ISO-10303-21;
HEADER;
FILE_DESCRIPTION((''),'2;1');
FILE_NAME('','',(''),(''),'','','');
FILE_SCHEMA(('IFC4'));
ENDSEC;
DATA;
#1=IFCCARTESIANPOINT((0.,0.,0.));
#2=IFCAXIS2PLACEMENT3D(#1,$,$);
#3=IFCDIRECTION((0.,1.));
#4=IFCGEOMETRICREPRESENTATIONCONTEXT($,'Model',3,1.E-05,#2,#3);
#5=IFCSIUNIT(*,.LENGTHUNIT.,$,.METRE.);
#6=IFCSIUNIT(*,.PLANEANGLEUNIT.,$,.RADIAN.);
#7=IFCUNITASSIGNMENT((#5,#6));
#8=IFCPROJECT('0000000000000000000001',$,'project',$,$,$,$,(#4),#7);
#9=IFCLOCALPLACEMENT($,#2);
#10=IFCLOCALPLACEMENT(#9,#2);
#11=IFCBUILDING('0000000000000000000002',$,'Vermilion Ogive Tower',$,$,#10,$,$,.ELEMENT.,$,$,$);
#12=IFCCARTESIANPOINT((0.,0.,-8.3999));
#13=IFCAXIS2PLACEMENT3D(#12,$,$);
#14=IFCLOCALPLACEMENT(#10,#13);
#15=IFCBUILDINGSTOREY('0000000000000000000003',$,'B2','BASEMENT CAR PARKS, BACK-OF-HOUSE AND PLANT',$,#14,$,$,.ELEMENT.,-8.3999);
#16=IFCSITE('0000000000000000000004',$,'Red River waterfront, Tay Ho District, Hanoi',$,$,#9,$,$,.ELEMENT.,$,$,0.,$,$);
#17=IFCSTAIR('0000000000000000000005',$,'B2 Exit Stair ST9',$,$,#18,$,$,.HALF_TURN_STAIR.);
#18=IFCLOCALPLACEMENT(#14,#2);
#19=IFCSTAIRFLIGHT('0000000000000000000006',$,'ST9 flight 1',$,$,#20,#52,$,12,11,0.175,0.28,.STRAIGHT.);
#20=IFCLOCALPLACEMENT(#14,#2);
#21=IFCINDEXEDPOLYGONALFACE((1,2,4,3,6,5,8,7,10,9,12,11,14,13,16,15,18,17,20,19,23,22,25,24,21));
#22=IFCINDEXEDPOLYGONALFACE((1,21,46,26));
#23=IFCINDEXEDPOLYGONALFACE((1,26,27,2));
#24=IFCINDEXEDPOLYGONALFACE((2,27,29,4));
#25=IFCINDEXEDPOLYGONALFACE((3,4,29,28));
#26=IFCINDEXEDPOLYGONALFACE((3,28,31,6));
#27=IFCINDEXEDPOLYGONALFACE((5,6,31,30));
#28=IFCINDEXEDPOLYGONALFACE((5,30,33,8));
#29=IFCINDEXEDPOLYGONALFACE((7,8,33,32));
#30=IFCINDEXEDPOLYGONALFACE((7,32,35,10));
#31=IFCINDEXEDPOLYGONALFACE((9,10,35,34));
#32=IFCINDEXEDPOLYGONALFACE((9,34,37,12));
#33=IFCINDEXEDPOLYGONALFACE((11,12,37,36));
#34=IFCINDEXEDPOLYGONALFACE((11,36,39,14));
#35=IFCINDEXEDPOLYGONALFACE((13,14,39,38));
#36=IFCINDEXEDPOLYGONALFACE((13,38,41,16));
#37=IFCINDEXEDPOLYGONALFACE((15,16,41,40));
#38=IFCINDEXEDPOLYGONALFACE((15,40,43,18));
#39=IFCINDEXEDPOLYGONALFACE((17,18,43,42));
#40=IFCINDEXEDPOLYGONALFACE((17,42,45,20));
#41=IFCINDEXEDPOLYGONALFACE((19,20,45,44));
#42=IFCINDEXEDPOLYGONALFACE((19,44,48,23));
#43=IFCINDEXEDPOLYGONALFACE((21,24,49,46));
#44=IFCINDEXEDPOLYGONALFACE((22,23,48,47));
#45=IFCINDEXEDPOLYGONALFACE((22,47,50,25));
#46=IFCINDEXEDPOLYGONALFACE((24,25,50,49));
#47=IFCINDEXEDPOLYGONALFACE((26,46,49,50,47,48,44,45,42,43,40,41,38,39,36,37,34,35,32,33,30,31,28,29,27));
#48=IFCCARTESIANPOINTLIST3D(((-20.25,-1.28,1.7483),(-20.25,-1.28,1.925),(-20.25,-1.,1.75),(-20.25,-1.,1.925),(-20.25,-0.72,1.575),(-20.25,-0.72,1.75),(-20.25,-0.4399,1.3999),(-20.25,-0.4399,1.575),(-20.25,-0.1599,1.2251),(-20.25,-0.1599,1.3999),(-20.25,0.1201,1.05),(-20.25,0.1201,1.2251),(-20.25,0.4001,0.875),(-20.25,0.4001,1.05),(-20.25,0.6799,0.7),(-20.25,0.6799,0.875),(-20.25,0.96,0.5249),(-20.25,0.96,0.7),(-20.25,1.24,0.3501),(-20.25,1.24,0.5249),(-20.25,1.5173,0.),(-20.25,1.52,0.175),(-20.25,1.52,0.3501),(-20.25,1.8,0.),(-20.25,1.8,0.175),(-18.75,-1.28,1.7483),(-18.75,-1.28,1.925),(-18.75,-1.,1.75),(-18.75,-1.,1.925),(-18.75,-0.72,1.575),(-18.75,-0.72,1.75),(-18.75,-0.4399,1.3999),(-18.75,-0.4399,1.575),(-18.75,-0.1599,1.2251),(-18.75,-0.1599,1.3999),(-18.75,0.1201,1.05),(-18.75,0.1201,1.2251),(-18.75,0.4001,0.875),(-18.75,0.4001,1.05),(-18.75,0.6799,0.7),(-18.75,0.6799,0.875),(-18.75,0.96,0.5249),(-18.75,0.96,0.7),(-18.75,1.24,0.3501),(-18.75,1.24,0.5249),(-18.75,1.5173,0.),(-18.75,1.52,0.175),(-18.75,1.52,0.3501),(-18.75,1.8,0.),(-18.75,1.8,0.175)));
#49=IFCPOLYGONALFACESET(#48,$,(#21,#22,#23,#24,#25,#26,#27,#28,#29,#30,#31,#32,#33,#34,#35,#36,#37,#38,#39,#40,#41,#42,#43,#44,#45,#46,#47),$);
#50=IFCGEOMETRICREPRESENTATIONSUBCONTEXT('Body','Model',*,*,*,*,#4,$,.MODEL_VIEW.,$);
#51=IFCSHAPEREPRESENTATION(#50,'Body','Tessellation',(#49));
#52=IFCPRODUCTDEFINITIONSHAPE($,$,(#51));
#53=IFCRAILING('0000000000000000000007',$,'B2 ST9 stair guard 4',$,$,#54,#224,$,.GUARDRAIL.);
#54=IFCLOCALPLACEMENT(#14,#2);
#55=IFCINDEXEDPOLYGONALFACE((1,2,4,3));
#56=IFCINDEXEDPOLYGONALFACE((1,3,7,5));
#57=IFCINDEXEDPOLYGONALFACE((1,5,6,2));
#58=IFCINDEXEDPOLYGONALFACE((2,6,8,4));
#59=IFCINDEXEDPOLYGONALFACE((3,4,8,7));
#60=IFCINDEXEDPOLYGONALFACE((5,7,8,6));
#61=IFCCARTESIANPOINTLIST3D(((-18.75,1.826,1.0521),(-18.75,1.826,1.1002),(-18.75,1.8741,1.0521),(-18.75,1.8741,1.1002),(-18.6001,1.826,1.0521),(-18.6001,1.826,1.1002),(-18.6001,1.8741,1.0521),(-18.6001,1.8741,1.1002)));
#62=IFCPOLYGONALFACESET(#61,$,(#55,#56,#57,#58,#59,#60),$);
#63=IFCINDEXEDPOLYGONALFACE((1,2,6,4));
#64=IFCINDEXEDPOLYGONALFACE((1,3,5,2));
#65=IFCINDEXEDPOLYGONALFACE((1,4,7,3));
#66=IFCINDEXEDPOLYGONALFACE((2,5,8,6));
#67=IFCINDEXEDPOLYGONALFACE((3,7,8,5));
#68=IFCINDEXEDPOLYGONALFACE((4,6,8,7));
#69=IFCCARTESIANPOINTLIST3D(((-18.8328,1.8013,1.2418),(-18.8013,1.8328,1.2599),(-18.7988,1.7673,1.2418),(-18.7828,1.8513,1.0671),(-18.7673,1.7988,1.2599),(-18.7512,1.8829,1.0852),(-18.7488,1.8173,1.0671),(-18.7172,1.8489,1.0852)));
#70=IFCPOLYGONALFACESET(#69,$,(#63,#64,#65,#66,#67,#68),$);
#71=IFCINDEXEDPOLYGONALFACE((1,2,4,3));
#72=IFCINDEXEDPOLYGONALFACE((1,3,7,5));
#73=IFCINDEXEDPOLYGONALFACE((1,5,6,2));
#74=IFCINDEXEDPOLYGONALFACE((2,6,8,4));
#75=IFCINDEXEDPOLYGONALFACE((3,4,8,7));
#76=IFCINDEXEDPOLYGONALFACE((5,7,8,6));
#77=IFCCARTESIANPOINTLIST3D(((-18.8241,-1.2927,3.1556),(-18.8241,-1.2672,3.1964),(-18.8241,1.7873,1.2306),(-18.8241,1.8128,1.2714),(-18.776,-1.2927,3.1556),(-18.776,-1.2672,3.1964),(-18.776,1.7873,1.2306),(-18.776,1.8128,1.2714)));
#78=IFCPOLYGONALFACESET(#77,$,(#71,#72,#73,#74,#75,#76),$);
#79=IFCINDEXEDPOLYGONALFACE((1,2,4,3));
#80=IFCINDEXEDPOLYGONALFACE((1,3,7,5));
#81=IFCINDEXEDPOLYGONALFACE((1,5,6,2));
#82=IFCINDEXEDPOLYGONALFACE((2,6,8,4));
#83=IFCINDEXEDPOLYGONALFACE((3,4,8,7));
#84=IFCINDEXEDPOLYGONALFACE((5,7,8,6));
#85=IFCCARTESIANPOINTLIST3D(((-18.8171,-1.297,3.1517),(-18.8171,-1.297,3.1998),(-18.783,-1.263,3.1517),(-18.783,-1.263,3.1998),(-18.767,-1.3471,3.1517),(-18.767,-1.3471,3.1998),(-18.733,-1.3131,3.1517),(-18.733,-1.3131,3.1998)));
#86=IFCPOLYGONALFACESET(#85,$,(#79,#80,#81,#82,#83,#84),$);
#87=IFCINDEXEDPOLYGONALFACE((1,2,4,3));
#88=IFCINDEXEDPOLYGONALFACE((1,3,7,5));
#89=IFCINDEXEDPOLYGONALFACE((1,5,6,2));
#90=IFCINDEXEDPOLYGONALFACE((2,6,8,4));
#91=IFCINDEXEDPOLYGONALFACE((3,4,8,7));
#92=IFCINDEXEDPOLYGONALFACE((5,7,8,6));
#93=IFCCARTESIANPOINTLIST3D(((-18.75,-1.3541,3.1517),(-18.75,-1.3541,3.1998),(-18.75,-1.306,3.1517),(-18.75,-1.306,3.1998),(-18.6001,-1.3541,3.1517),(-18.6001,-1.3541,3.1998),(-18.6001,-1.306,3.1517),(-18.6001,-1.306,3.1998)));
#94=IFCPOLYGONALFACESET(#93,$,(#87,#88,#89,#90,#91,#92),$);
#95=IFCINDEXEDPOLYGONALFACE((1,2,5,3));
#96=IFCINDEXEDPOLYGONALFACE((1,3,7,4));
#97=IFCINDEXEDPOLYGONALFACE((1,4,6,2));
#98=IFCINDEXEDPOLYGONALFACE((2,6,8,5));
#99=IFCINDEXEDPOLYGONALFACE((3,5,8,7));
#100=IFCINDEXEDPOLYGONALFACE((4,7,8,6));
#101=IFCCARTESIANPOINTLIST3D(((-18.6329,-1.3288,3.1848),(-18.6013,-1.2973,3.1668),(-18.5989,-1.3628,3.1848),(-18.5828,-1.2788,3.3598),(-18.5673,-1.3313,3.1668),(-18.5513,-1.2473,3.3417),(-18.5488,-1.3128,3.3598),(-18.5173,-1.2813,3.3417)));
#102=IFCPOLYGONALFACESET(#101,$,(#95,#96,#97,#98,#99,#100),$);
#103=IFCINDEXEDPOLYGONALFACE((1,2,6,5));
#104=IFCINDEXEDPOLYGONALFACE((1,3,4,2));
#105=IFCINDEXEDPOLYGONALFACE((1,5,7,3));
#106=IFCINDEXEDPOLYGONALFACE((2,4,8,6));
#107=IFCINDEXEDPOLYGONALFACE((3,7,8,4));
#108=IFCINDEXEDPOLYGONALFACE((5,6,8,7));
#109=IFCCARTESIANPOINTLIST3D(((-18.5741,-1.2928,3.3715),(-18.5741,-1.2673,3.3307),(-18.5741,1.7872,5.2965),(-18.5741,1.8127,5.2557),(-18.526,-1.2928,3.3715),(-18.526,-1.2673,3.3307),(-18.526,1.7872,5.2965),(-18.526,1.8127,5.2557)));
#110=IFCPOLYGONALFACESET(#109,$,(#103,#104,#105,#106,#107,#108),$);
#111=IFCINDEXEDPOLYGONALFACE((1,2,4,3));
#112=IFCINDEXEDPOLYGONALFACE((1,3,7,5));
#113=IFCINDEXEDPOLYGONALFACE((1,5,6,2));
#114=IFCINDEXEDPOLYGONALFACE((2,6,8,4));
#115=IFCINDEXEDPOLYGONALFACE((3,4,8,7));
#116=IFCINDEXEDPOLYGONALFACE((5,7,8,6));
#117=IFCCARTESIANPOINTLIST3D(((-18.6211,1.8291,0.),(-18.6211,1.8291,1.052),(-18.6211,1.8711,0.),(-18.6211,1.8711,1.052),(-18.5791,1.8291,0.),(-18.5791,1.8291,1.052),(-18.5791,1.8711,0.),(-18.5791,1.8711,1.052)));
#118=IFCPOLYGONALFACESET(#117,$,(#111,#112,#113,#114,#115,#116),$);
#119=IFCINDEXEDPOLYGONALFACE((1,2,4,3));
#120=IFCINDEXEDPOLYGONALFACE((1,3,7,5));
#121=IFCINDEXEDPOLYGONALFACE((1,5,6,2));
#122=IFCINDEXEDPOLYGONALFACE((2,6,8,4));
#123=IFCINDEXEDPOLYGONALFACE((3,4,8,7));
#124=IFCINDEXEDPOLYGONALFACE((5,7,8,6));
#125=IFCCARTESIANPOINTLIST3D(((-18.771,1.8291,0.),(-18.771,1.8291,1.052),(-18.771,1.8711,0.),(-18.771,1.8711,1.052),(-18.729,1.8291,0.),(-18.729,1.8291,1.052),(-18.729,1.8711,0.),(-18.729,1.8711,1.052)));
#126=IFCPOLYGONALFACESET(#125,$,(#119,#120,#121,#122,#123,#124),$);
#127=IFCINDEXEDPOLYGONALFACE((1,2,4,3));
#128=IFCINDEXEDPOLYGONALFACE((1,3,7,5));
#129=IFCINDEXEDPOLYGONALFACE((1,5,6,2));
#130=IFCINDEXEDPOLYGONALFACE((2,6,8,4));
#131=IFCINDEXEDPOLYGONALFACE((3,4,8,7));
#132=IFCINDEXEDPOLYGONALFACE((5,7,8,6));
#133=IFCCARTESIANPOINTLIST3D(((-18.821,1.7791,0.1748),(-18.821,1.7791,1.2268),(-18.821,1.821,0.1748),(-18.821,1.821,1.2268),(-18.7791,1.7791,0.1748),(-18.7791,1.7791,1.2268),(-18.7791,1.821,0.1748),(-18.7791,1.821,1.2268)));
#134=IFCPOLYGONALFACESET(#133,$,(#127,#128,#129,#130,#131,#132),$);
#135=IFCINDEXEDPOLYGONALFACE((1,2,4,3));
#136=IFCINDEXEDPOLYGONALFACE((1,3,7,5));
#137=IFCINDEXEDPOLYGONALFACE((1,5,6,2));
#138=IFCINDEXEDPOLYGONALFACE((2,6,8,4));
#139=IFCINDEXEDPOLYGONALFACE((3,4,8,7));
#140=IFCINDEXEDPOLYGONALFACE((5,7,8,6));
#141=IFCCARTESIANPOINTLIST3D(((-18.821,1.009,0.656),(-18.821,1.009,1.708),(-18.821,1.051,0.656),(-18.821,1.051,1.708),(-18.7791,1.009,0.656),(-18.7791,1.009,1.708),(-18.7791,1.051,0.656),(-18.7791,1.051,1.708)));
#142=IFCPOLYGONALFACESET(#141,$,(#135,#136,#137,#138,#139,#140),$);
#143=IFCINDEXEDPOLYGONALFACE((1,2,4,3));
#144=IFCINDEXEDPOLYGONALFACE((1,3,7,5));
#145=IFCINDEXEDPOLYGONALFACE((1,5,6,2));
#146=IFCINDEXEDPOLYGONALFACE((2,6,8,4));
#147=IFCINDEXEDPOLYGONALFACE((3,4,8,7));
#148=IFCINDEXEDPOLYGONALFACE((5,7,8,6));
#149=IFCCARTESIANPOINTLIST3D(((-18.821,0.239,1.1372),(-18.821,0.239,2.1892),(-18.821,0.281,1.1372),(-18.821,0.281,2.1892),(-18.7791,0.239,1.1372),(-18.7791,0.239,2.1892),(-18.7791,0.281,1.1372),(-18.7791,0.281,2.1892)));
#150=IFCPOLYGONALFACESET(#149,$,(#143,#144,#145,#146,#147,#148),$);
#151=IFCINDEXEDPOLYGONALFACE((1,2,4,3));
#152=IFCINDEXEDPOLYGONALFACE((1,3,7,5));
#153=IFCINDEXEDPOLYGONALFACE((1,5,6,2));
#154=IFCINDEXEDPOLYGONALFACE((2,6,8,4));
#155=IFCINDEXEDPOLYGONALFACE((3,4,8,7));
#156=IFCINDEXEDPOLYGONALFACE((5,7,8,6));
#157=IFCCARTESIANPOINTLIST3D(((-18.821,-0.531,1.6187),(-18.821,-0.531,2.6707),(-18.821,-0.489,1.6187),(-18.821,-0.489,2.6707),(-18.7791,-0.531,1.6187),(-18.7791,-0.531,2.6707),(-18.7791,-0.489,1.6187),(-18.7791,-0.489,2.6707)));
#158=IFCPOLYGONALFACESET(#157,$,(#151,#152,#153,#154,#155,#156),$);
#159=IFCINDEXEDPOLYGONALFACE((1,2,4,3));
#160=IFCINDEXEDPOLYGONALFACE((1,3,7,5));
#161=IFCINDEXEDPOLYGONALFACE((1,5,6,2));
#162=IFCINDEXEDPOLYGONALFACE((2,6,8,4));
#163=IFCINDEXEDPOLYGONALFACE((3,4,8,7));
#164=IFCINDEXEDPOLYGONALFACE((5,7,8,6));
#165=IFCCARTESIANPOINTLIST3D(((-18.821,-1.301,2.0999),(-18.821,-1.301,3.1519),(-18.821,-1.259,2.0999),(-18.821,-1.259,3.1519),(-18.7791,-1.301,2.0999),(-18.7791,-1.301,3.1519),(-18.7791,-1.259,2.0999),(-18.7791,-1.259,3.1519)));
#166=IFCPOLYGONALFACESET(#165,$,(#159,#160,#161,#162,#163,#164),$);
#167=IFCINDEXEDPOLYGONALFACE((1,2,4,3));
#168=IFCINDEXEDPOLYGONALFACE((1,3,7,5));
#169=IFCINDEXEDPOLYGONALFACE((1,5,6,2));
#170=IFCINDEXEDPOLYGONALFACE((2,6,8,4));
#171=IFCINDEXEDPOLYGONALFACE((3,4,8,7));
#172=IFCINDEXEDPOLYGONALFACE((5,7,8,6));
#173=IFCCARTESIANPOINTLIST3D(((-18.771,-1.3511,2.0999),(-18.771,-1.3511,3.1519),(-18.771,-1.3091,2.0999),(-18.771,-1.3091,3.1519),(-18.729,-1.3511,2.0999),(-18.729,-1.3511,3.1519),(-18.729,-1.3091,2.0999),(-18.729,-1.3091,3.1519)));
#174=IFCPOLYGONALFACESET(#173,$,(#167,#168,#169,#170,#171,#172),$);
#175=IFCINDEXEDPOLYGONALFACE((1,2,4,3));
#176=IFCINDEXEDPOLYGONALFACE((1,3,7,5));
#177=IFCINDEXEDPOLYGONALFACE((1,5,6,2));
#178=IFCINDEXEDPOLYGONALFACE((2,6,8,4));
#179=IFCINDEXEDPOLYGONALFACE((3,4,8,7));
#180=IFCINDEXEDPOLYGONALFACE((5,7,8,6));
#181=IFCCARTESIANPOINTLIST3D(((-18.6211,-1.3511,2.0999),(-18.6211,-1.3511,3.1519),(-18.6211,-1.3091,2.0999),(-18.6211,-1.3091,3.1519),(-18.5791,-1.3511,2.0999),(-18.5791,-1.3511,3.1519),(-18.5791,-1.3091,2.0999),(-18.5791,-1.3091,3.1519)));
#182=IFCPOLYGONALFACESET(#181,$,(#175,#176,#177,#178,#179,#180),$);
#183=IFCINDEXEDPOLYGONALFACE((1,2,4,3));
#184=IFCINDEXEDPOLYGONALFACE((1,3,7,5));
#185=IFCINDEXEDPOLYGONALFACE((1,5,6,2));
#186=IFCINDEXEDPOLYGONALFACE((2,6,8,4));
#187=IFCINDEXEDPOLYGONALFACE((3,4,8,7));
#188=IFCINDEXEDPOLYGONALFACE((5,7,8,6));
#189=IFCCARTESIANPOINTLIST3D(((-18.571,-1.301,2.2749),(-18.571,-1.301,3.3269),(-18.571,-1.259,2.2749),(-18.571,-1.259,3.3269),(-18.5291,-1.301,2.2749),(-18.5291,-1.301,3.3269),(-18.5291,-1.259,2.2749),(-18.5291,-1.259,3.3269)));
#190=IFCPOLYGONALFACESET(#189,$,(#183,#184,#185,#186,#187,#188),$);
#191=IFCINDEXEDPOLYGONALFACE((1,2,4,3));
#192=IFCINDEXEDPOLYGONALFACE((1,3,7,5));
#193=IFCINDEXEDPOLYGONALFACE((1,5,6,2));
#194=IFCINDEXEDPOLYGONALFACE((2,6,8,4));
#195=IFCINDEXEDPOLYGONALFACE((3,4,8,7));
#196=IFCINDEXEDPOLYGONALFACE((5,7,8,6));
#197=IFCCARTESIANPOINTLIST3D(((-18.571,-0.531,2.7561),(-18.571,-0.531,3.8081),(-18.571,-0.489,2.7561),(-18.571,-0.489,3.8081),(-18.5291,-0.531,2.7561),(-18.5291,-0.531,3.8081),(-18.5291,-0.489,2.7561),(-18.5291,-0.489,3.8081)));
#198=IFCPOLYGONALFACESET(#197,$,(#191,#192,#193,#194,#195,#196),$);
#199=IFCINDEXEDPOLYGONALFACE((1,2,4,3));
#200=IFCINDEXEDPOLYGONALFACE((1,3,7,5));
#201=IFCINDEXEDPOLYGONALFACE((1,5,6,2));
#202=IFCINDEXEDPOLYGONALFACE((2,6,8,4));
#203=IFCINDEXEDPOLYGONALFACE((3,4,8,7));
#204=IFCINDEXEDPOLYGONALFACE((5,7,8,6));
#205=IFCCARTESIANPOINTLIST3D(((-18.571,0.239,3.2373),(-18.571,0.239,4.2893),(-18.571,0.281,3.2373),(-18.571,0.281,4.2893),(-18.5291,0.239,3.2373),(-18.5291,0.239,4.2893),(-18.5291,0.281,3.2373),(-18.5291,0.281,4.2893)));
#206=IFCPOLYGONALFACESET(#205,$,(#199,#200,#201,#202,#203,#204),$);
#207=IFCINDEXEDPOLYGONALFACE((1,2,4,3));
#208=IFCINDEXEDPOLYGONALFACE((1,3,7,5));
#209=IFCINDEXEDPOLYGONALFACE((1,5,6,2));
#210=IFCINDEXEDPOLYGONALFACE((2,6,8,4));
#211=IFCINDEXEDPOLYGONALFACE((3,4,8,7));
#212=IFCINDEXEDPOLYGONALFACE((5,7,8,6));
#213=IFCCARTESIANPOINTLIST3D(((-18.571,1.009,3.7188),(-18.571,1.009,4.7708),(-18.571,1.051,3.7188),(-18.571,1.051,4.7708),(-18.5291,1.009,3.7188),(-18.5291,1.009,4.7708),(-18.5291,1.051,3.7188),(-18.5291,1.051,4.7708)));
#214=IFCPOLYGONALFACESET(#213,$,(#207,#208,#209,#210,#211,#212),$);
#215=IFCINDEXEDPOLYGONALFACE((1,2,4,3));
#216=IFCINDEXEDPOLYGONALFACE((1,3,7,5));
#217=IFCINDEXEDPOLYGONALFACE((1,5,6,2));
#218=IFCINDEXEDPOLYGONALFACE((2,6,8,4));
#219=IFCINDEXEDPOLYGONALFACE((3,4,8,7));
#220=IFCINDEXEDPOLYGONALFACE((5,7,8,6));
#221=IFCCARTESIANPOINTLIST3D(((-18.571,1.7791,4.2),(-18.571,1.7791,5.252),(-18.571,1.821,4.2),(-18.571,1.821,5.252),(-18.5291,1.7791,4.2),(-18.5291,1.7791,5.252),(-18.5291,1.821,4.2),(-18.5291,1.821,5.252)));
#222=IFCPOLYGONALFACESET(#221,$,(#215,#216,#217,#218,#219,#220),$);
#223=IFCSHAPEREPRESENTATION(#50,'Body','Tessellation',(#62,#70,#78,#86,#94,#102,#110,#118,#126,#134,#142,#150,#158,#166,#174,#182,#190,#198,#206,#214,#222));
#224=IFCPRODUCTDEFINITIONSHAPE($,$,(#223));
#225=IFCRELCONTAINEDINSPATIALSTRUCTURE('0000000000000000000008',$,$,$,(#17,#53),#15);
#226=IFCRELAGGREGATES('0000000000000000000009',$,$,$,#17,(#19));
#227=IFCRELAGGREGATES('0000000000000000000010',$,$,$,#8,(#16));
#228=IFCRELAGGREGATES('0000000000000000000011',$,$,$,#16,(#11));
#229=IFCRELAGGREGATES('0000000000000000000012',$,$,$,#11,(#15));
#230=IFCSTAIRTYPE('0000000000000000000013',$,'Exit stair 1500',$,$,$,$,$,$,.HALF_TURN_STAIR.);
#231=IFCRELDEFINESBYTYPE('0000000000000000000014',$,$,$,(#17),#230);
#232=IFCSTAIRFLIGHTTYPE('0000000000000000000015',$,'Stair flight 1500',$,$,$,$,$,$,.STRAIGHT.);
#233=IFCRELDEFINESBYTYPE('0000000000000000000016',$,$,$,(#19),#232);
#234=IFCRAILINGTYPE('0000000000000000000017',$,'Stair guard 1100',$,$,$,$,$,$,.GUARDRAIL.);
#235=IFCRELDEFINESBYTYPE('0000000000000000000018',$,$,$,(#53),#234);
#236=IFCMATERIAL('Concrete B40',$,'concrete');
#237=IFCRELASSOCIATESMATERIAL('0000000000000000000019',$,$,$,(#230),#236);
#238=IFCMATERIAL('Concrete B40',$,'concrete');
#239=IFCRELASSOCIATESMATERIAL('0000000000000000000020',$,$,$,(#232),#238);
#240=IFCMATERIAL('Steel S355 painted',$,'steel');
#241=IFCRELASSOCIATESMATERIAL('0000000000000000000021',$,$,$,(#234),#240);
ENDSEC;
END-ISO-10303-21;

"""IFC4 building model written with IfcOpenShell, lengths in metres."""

from ifc_helpers import new_model, si_unit, direction, frame, origin, origin_2d, place, context, subcontext, project, spatial, polyline, rectangle, outline, extrude, material, type_object, element, aggregate, save


model = new_model("IFC4")

# Units and contexts
model_context = context("Model", 3, precision=1e-05, world=origin(), true_north=direction((0.0, 1.0)))
body_context = subcontext(model_context, "Body", "Model", "MODEL_VIEW")
ifc_project = project(units=[si_unit("LENGTHUNIT", "METRE"), si_unit("PLANEANGLEUNIT", "RADIAN")], contexts=[model_context])

# Site, building, storey
site_placement = place(None, origin())
site = spatial("IfcSite", under=ifc_project, at=site_placement, Name="Red River waterfront, Tay Ho District, Hanoi", CompositionType="ELEMENT", RefElevation=0.0)
building_placement = place(site_placement, origin())
building = spatial("IfcBuilding", under=site, at=building_placement, Name="Vermilion Ogive Tower", CompositionType="ELEMENT")
storey_placement = place(building_placement, frame((0.0, 0.0, -8.3999)))
storey = spatial("IfcBuildingStorey", under=building, at=storey_placement, Name="B2", Description="BASEMENT CAR PARKS, BACK-OF-HOUSE AND PLANT", CompositionType="ELEMENT", Elevation=-8.3999)

# Stair, stair flight
ifc_material_1 = material(Name="Concrete B40", Category="concrete")
stair_type = type_object("IfcStairType", Name="Exit stair 1500", PredefinedType="HALF_TURN_STAIR", material=ifc_material_1)
stair_placement = place(storey_placement, origin())
stair = element("IfcStair", 1, at=stair_placement, inside=storey, type_object=stair_type, Name="B2 Exit Stair ST9", PredefinedType="HALF_TURN_STAIR")
ifc_material_2 = material(Name="Concrete B40", Category="concrete")
stair_flight_type = type_object("IfcStairFlightType", Name="Stair flight 1500", PredefinedType="STRAIGHT", material=ifc_material_2)
stair_flight_placement = place(storey_placement, frame((-19.5, 1.8, 0.0), z_axis=(0.0, 0.0, 1.0), x_axis=(0.0, -1.0, 0.0)))
stair_flight = element("IfcStairFlight", 2, at=stair_flight_placement, type_object=stair_flight_type, Name="ST9 flight 1", NumberOfRisers=12, NumberOfTreads=11, PredefinedType="STRAIGHT", RiserHeight=0.175, TreadLength=0.28, context=body_context, shape_type="SweptSolid", body=[
    extrude(outline(polyline([(0.0, 0.0), (0.0, 0.175), (0.28, 0.175), (0.28, 0.3501), (0.5601, 0.3501), (0.5601, 0.5249), (0.8401, 0.5249), (0.8401, 0.7), (1.1201, 0.7), (1.1201, 0.875), (1.3999, 0.875), (1.3999, 1.05), (1.6799, 1.05), (1.6799, 1.2251), (1.96, 1.2251), (1.96, 1.3999), (2.24, 1.3999), (2.24, 1.575), (2.52, 1.575), (2.52, 1.75), (2.8, 1.75), (2.8, 1.925), (3.0801, 1.925), (3.0801, 2.1001), (3.0801, 1.7483), (0.2827, 0.0), (0.0, 0.0)])), frame((0.0, 0.75, 0.0), z_axis=(0.0, -1.0, 0.0), x_axis=(1.0, 0.0, 0.0)), (0.0, 0.0, 1.0), 1.5),
])
aggregate(stair, [stair_flight])

# Railing
ifc_material_3 = material(Name="Steel S355 painted", Category="steel")
railing_type_1 = type_object("IfcRailingType", Name="Stair guard 1100", PredefinedType="GUARDRAIL", material=ifc_material_3)
railing_1_placement = place(storey_placement, frame((-18.6001, 1.8501, 0.0)))
element("IfcRailing", 3, at=railing_1_placement, inside=storey, type_object=railing_type_1, Name="B2 ST9 stair guard 4", PredefinedType="GUARDRAIL", context=body_context, shape_type="SweptSolid", body=[
    extrude(rectangle(XDim=0.0481, YDim=0.0481, at=origin_2d()), frame((0.0, 0.0, 1.0762), z_axis=(-1.0, 0.0, 0.0), x_axis=(0.0, -1.0, 0.0)), (0.0, 0.0, 1.0), 0.1499),
    extrude(rectangle(XDim=0.0481, YDim=0.0481, at=origin_2d()), frame((-0.1499, 0.0, 1.0762), z_axis=(-0.265383, -0.265383, 0.9269), x_axis=(0.707107, -0.707107, 0.0)), (0.0, 0.0, 1.0), 0.1885),
    extrude(rectangle(XDim=0.0481, YDim=0.0481, at=origin_2d()), frame((-0.2, -0.05, 1.251), z_axis=(0.0, -0.847998, 0.529999), x_axis=(1.0, 0.0, 0.0)), (0.0, 0.0, 1.0), 3.6321),
    extrude(rectangle(XDim=0.0481, YDim=0.0481, at=origin_2d()), frame((-0.2, -3.1301, 3.1758), z_axis=(0.707107, -0.707107, 0.0), x_axis=(0.707107, 0.707107, 0.0)), (0.0, 0.0, 1.0), 0.0708),
    extrude(rectangle(XDim=0.0481, YDim=0.0481, at=origin_2d()), frame((-0.1499, -3.1802, 3.1758), z_axis=(1.0, 0.0, 0.0), x_axis=(0.0, 1.0, 0.0)), (0.0, 0.0, 1.0), 0.1499),
    extrude(rectangle(XDim=0.0481, YDim=0.0481, at=origin_2d()), frame((0.0, -3.1802, 3.1758), z_axis=(0.265065, 0.265065, 0.927082), x_axis=(-0.707107, 0.707107, 0.0)), (0.0, 0.0, 1.0), 0.1887),
    extrude(rectangle(XDim=0.0481, YDim=0.0481, at=origin_2d()), frame((0.05, -3.1301, 3.3511), z_axis=(0.0, 0.847998, 0.529999), x_axis=(-1.0, 0.0, 0.0)), (0.0, 0.0, 1.0), 3.6321),
    extrude(rectangle(XDim=0.042, YDim=0.042, at=origin_2d()), origin(), (0.0, 0.0, 1.0), 1.052),
    extrude(rectangle(XDim=0.042, YDim=0.042, at=origin_2d()), frame((-0.1499, 0.0, 0.0)), (0.0, 0.0, 1.0), 1.052),
    extrude(rectangle(XDim=0.042, YDim=0.042, at=origin_2d()), frame((-0.2, -0.05, 0.1748)), (0.0, 0.0, 1.0), 1.052),
    extrude(rectangle(XDim=0.042, YDim=0.042, at=origin_2d()), frame((-0.2, -0.8201, 0.656)), (0.0, 0.0, 1.0), 1.052),
    extrude(rectangle(XDim=0.042, YDim=0.042, at=origin_2d()), frame((-0.2, -1.5901, 1.1372)), (0.0, 0.0, 1.0), 1.052),
    extrude(rectangle(XDim=0.042, YDim=0.042, at=origin_2d()), frame((-0.2, -2.3601, 1.6187)), (0.0, 0.0, 1.0), 1.052),
    extrude(rectangle(XDim=0.042, YDim=0.042, at=origin_2d()), frame((-0.2, -3.1301, 2.0999)), (0.0, 0.0, 1.0), 1.052),
    extrude(rectangle(XDim=0.042, YDim=0.042, at=origin_2d()), frame((-0.1499, -3.1802, 2.0999)), (0.0, 0.0, 1.0), 1.052),
    extrude(rectangle(XDim=0.042, YDim=0.042, at=origin_2d()), frame((0.0, -3.1802, 2.0999)), (0.0, 0.0, 1.0), 1.052),
    extrude(rectangle(XDim=0.042, YDim=0.042, at=origin_2d()), frame((0.05, -3.1301, 2.2749)), (0.0, 0.0, 1.0), 1.052),
    extrude(rectangle(XDim=0.042, YDim=0.042, at=origin_2d()), frame((0.05, -2.3601, 2.7561)), (0.0, 0.0, 1.0), 1.052),
    extrude(rectangle(XDim=0.042, YDim=0.042, at=origin_2d()), frame((0.05, -1.5901, 3.2373)), (0.0, 0.0, 1.0), 1.052),
    extrude(rectangle(XDim=0.042, YDim=0.042, at=origin_2d()), frame((0.05, -0.8201, 3.7188)), (0.0, 0.0, 1.0), 1.052),
    extrude(rectangle(XDim=0.042, YDim=0.042, at=origin_2d()), frame((0.05, -0.05, 4.2)), (0.0, 0.0, 1.0), 1.052),
])

save(model, "model.ifc")
